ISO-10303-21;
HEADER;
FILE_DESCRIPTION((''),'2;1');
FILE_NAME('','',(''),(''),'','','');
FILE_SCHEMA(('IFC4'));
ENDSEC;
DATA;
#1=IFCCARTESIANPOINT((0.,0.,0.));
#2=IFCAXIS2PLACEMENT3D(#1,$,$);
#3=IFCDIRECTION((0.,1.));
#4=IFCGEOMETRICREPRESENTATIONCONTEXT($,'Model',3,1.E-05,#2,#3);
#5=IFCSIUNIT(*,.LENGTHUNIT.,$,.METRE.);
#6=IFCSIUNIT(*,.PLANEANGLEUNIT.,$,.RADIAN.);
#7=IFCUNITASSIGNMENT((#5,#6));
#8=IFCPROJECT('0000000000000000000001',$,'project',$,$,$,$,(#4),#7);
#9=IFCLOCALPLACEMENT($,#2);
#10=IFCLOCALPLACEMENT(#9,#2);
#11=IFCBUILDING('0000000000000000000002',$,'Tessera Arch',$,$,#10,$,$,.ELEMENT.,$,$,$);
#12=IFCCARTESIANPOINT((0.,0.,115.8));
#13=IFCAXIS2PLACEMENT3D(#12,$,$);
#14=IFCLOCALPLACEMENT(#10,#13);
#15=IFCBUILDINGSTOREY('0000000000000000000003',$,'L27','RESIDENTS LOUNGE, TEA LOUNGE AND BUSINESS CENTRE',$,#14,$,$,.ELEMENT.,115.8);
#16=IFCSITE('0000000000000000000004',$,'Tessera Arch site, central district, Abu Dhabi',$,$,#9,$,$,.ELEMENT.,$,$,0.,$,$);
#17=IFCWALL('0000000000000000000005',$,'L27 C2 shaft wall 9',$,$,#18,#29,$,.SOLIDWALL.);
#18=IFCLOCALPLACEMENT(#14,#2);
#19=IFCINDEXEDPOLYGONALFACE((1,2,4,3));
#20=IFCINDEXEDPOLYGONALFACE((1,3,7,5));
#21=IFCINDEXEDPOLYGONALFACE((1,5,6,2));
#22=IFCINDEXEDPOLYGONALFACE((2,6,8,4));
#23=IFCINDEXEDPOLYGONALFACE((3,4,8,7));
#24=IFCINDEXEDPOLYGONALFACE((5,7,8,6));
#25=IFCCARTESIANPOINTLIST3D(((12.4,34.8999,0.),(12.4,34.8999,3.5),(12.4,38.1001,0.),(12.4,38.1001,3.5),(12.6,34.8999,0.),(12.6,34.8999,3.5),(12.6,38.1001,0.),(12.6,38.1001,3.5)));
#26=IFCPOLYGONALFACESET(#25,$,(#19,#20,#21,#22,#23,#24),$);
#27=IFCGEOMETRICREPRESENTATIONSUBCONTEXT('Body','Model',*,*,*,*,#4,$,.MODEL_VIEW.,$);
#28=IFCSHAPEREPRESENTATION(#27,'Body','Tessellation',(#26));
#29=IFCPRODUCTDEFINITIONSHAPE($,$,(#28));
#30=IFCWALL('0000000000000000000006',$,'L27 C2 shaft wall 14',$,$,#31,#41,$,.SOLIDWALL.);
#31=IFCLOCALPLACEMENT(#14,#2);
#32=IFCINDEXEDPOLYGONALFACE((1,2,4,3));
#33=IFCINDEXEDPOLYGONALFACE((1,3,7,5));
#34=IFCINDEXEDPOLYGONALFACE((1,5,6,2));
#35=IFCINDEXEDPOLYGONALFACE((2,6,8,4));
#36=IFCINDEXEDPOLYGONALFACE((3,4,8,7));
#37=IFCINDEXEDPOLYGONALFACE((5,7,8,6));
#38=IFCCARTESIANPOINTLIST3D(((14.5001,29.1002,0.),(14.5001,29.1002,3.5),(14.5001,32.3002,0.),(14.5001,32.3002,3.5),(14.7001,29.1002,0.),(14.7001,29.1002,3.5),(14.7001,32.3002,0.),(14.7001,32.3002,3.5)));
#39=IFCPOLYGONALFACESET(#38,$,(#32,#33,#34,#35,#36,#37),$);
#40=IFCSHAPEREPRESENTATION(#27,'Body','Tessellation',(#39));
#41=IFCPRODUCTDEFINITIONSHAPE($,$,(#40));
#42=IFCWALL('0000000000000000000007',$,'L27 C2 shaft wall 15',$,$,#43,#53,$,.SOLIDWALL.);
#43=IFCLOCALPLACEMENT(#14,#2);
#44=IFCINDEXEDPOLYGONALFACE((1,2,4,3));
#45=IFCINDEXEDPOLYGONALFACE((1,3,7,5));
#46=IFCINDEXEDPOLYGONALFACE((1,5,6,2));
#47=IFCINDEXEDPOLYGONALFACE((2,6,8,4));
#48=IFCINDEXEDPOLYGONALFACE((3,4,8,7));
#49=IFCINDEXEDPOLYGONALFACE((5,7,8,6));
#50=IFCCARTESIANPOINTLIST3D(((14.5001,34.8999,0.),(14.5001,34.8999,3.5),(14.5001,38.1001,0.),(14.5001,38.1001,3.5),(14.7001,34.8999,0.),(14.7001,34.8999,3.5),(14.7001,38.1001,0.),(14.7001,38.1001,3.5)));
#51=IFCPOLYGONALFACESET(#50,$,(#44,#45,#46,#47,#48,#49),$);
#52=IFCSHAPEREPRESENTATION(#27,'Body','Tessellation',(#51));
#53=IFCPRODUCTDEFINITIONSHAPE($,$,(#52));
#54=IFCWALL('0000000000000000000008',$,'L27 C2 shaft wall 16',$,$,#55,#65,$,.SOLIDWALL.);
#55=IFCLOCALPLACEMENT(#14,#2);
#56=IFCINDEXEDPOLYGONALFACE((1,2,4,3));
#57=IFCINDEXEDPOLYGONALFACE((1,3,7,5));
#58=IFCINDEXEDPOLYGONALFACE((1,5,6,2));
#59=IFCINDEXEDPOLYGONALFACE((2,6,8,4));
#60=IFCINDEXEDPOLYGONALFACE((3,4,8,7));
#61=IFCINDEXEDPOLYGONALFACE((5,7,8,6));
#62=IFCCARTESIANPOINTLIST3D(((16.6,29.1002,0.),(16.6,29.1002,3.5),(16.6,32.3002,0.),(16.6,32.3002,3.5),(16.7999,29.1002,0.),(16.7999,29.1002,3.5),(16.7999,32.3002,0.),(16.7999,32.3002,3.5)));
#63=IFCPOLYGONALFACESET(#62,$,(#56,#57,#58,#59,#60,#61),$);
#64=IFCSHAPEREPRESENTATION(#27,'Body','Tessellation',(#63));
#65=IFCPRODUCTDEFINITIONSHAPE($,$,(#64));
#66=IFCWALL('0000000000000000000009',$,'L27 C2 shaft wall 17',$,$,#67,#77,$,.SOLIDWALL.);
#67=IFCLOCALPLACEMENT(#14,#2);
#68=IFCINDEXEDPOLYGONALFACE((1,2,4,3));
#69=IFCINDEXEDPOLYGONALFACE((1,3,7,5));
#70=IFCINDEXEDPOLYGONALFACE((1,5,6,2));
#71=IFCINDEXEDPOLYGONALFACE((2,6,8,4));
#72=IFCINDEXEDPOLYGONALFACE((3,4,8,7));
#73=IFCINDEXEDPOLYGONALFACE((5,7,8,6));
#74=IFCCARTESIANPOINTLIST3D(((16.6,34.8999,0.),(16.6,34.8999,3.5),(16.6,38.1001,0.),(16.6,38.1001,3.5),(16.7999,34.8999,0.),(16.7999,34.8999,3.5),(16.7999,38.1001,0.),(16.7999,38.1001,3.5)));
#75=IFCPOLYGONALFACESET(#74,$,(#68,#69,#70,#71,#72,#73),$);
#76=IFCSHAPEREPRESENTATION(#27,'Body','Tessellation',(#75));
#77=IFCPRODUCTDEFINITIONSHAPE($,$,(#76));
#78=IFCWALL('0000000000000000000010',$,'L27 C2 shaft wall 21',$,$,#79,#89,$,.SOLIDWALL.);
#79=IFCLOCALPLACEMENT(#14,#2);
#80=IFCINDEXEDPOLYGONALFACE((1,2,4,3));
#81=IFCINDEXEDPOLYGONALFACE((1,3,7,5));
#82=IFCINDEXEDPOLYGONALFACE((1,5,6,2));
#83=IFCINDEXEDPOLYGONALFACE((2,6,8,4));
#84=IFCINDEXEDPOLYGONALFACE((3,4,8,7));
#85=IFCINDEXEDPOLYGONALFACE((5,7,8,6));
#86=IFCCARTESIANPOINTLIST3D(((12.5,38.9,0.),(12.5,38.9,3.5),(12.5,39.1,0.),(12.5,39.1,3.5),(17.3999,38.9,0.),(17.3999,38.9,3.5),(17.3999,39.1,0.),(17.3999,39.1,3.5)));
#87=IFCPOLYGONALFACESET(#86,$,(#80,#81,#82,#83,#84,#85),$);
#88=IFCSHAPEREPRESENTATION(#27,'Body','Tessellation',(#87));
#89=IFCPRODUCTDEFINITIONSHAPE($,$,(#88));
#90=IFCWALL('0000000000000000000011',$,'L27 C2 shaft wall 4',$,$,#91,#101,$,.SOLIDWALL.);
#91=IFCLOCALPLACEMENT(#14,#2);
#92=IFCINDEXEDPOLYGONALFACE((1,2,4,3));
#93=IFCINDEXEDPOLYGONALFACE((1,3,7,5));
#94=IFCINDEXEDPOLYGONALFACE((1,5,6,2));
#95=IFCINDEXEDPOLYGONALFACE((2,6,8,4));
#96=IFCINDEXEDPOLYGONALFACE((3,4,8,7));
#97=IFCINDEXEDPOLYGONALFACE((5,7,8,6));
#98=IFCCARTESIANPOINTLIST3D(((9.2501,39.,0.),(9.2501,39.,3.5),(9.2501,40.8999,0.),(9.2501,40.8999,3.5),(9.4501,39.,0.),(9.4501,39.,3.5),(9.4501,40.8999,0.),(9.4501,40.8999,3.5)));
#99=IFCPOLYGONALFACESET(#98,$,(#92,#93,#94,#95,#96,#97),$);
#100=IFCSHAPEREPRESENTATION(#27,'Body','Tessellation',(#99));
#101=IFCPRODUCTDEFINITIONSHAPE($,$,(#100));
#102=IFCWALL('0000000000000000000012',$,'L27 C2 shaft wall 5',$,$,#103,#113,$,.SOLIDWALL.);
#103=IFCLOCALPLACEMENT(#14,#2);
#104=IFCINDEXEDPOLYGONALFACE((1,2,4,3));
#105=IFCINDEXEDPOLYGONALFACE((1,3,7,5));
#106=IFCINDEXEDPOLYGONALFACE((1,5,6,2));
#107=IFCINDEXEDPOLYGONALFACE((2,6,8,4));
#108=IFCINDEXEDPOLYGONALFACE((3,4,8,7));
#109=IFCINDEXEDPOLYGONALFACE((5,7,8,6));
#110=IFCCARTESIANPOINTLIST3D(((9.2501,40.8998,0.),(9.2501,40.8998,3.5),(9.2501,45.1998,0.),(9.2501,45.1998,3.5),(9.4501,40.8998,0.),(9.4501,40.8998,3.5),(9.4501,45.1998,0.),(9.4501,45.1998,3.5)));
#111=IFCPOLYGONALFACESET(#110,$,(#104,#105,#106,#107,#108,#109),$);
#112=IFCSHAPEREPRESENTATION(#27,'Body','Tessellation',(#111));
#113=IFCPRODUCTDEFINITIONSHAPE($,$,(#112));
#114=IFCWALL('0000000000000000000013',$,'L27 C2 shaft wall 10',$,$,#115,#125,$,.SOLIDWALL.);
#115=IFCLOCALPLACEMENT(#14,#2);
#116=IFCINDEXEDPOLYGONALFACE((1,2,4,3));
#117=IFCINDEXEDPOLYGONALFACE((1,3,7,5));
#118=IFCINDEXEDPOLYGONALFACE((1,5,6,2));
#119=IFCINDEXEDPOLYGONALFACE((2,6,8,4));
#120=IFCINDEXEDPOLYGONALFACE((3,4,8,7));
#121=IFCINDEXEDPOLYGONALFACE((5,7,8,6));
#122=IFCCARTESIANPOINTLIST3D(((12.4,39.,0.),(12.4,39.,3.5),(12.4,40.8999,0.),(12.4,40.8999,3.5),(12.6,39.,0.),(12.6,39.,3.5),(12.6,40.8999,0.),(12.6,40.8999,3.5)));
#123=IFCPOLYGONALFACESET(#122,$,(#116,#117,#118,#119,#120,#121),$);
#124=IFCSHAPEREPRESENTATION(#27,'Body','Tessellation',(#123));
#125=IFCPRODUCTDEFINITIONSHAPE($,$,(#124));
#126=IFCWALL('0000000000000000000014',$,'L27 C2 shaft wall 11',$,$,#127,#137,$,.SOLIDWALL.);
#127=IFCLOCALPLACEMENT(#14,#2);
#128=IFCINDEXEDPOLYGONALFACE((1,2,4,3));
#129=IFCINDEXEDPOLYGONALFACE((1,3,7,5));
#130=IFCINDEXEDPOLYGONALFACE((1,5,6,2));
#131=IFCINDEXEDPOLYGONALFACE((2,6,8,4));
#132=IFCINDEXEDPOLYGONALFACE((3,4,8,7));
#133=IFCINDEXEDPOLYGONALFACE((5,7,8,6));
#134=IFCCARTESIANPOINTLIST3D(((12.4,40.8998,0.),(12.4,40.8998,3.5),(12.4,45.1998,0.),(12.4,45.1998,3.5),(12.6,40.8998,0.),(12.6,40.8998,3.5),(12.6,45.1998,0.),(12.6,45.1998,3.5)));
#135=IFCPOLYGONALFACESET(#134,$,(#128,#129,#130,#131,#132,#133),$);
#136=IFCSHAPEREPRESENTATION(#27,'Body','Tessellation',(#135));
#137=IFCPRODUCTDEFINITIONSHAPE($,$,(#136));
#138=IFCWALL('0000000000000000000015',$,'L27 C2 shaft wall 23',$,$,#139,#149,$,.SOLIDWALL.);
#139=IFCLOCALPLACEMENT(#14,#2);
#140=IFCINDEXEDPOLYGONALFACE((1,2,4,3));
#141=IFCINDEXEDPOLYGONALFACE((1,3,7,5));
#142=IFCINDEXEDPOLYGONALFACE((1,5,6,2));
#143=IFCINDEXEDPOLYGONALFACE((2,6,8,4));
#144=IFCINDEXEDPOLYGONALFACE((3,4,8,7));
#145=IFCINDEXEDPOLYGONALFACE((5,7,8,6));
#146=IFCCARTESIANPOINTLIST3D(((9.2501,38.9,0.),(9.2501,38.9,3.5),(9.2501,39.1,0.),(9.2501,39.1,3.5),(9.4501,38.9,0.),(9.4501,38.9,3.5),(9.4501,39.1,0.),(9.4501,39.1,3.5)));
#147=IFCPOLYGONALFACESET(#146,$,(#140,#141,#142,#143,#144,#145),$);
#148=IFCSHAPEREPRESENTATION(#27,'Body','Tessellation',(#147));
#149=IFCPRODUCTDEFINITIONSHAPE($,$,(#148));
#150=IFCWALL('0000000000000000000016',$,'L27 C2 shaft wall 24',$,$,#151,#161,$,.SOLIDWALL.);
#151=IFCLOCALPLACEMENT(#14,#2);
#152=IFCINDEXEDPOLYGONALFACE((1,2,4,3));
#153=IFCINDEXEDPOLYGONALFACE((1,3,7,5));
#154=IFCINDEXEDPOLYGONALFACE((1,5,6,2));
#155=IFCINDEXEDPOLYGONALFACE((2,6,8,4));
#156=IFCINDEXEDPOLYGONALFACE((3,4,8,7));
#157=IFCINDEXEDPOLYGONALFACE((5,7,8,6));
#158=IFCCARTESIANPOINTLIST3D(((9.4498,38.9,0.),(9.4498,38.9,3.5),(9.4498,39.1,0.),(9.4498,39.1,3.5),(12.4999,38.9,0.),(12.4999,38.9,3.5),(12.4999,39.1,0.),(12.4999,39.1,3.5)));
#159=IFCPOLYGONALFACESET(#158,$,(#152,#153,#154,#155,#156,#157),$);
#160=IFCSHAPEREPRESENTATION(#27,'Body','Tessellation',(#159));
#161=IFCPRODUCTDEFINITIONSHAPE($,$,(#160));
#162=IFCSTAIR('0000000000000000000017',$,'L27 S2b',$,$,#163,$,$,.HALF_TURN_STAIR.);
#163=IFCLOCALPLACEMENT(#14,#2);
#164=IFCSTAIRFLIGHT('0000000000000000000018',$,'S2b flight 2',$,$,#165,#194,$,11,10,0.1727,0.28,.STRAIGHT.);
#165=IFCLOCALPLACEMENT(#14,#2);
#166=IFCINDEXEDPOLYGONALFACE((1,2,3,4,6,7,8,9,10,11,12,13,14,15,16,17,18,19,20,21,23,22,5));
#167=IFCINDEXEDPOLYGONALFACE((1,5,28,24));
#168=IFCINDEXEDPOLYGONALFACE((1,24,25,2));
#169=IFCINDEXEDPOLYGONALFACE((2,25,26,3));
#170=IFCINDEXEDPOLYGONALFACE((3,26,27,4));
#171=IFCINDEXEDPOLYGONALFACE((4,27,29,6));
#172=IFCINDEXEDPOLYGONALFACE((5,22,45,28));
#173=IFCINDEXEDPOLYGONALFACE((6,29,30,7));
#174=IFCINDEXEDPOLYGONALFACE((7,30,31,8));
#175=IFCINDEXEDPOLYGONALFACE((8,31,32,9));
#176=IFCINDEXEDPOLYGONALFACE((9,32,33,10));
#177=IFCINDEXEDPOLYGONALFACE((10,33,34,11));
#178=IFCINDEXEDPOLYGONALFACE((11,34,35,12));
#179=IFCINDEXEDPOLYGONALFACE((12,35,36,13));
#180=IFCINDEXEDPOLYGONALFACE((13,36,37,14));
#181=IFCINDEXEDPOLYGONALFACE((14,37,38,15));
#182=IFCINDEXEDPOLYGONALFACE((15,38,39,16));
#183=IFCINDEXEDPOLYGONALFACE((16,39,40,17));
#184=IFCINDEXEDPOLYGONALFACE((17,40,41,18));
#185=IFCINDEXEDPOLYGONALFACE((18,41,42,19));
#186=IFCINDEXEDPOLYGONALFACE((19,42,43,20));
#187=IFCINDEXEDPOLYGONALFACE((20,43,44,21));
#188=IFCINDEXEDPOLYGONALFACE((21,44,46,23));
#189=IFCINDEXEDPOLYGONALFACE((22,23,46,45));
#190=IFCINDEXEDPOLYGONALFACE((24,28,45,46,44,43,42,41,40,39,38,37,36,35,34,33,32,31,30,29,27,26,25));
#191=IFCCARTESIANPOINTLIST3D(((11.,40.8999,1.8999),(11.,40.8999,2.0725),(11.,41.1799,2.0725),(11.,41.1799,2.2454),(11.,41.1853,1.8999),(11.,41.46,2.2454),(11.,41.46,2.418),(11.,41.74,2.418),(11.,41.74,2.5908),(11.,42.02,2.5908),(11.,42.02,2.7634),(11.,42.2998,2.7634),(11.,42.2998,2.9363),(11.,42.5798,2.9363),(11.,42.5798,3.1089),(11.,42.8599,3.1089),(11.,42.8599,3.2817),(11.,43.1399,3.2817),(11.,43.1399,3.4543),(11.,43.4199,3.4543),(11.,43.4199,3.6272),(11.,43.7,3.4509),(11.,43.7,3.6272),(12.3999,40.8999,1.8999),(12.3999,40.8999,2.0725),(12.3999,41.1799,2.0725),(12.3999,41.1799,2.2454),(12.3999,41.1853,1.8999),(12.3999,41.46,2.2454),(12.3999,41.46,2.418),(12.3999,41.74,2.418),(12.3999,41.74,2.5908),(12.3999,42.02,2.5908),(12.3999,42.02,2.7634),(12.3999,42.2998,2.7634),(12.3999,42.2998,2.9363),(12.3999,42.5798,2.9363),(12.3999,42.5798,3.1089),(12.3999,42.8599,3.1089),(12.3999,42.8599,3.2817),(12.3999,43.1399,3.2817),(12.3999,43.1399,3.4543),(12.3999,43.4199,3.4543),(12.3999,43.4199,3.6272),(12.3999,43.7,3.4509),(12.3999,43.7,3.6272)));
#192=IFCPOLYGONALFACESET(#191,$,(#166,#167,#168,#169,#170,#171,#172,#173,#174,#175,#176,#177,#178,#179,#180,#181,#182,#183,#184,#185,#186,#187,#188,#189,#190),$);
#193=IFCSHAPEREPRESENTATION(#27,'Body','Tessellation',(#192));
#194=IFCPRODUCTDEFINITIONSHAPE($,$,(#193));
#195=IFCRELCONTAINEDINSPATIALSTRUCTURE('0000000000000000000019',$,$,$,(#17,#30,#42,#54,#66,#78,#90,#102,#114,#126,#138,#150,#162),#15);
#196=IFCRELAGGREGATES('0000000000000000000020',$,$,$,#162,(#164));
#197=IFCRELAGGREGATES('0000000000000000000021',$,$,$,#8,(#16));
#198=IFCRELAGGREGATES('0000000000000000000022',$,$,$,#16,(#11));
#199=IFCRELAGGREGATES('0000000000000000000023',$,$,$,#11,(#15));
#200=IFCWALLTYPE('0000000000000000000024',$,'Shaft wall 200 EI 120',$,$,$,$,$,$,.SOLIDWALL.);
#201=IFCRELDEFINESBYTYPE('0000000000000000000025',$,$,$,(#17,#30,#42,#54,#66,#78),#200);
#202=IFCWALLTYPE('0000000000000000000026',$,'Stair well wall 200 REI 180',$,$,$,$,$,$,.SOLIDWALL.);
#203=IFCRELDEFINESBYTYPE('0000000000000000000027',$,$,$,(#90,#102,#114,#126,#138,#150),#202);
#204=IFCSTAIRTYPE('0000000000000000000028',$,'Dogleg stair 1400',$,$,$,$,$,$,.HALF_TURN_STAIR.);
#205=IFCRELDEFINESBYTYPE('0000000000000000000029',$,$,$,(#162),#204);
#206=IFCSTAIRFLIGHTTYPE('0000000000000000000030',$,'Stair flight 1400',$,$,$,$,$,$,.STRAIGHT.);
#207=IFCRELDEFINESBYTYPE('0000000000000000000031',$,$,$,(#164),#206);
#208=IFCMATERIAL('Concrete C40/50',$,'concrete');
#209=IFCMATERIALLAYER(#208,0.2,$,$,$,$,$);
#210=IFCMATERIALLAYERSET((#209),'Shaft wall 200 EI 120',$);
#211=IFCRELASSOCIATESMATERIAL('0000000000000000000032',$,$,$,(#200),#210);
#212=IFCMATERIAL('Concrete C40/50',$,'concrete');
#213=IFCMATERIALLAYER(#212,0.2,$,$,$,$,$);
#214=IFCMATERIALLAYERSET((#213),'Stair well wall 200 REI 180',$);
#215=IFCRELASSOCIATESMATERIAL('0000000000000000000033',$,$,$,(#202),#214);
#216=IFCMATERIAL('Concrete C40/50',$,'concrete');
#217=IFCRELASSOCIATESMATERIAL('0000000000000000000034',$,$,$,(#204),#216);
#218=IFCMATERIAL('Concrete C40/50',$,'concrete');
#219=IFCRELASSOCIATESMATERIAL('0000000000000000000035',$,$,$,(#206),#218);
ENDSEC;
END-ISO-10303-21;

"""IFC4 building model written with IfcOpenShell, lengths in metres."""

from ifc_helpers import new_model, si_unit, direction, frame, frame_2d, origin, place, context, subcontext, project, spatial, polyline, rectangle, outline, extrude, material, layer, layer_set, type_object, element, aggregate, save


model = new_model("IFC4")

# Units and contexts
model_context = context("Model", 3, precision=1e-05, world=origin(), true_north=direction((0.0, 1.0)))
body_context = subcontext(model_context, "Body", "Model", "MODEL_VIEW")
ifc_project = project(units=[si_unit("LENGTHUNIT", "METRE"), si_unit("PLANEANGLEUNIT", "RADIAN")], contexts=[model_context])

# Site, building, storey
site_placement = place(None, origin())
site = spatial("IfcSite", under=ifc_project, at=site_placement, Name="Tessera Arch site, central district, Abu Dhabi", CompositionType="ELEMENT", RefElevation=0.0)
building_placement = place(site_placement, origin())
building = spatial("IfcBuilding", under=site, at=building_placement, Name="Tessera Arch", CompositionType="ELEMENT")
storey_placement = place(building_placement, frame((0.0, 0.0, 115.8)))
storey = spatial("IfcBuildingStorey", under=building, at=storey_placement, Name="L27", Description="RESIDENTS LOUNGE, TEA LOUNGE AND BUSINESS CENTRE", CompositionType="ELEMENT", Elevation=115.8)

# Walls
ifc_material_1 = material(Name="Concrete C40/50", Category="concrete")
ifc_layer_1 = layer(ifc_material_1, 0.2)
ifc_layer_set_1 = layer_set([ifc_layer_1], Name="Shaft wall 200 EI 120")
wall_type_1 = type_object("IfcWallType", Name="Shaft wall 200 EI 120", PredefinedType="SOLIDWALL", material=ifc_layer_set_1)
wall_1_placement = place(storey_placement, frame((12.5, 34.8999, 0.0), z_axis=(0.0, 0.0, 1.0), x_axis=(0.0, 1.0, 0.0)))
element("IfcWall", 1, at=wall_1_placement, inside=storey, type_object=wall_type_1, Name="L27 C2 shaft wall 9", PredefinedType="SOLIDWALL", context=body_context, shape_type="SweptSolid", body=[
    extrude(rectangle(XDim=3.2002, YDim=0.2, at=frame_2d((1.6001, 0.0))), origin(), (0.0, 0.0, 1.0), 3.5),
])
wall_2_placement = place(storey_placement, frame((14.6001, 29.1001, 0.0), z_axis=(0.0, 0.0, 1.0), x_axis=(0.0, 1.0, 0.0)))
element("IfcWall", 2, at=wall_2_placement, inside=storey, type_object=wall_type_1, Name="L27 C2 shaft wall 14", PredefinedType="SOLIDWALL", context=body_context, shape_type="SweptSolid", body=[
    extrude(rectangle(XDim=3.2, YDim=0.2, at=frame_2d((1.6001, 0.0))), origin(), (0.0, 0.0, 1.0), 3.5),
])
wall_3_placement = place(storey_placement, frame((14.6001, 34.8999, 0.0), z_axis=(0.0, 0.0, 1.0), x_axis=(0.0, 1.0, 0.0)))
element("IfcWall", 3, at=wall_3_placement, inside=storey, type_object=wall_type_1, Name="L27 C2 shaft wall 15", PredefinedType="SOLIDWALL", context=body_context, shape_type="SweptSolid", body=[
    extrude(rectangle(XDim=3.2002, YDim=0.2, at=frame_2d((1.6001, 0.0))), origin(), (0.0, 0.0, 1.0), 3.5),
])
wall_4_placement = place(storey_placement, frame((16.7, 29.1001, 0.0), z_axis=(0.0, 0.0, 1.0), x_axis=(0.0, 1.0, 0.0)))
element("IfcWall", 4, at=wall_4_placement, inside=storey, type_object=wall_type_1, Name="L27 C2 shaft wall 16", PredefinedType="SOLIDWALL", context=body_context, shape_type="SweptSolid", body=[
    extrude(rectangle(XDim=3.2, YDim=0.2, at=frame_2d((1.6001, 0.0))), origin(), (0.0, 0.0, 1.0), 3.5),
])
wall_5_placement = place(storey_placement, frame((16.7, 34.8999, 0.0), z_axis=(0.0, 0.0, 1.0), x_axis=(0.0, 1.0, 0.0)))
element("IfcWall", 5, at=wall_5_placement, inside=storey, type_object=wall_type_1, Name="L27 C2 shaft wall 17", PredefinedType="SOLIDWALL", context=body_context, shape_type="SweptSolid", body=[
    extrude(rectangle(XDim=3.2002, YDim=0.2, at=frame_2d((1.6001, 0.0))), origin(), (0.0, 0.0, 1.0), 3.5),
])
wall_6_placement = place(storey_placement, frame((12.5, 39.0, 0.0), z_axis=(0.0, 0.0, 1.0), x_axis=(1.0, 0.0, 0.0)))
element("IfcWall", 6, at=wall_6_placement, inside=storey, type_object=wall_type_1, Name="L27 C2 shaft wall 21", PredefinedType="SOLIDWALL", context=body_context, shape_type="SweptSolid", body=[
    extrude(rectangle(XDim=4.8999, YDim=0.2, at=frame_2d((2.45, 0.0))), origin(), (0.0, 0.0, 1.0), 3.5),
])
ifc_material_2 = material(Name="Concrete C40/50", Category="concrete")
ifc_layer_2 = layer(ifc_material_2, 0.2)
ifc_layer_set_2 = layer_set([ifc_layer_2], Name="Stair well wall 200 REI 180")
wall_type_2 = type_object("IfcWallType", Name="Stair well wall 200 REI 180", PredefinedType="SOLIDWALL", material=ifc_layer_set_2)
wall_7_placement = place(storey_placement, frame((9.3501, 39.0, 0.0), z_axis=(0.0, 0.0, 1.0), x_axis=(0.0, 1.0, 0.0)))
element("IfcWall", 7, at=wall_7_placement, inside=storey, type_object=wall_type_2, Name="L27 C2 shaft wall 4", PredefinedType="SOLIDWALL", context=body_context, shape_type="SweptSolid", body=[
    extrude(rectangle(XDim=1.8999, YDim=0.2, at=frame_2d((0.95, 0.0))), origin(), (0.0, 0.0, 1.0), 3.5),
])
wall_8_placement = place(storey_placement, frame((9.3501, 40.8999, 0.0), z_axis=(0.0, 0.0, 1.0), x_axis=(0.0, 1.0, 0.0)))
element("IfcWall", 8, at=wall_8_placement, inside=storey, type_object=wall_type_2, Name="L27 C2 shaft wall 5", PredefinedType="SOLIDWALL", context=body_context, shape_type="SweptSolid", body=[
    extrude(rectangle(XDim=4.3, YDim=0.2, at=frame_2d((2.1499, 0.0))), origin(), (0.0, 0.0, 1.0), 3.5),
])
wall_9_placement = place(storey_placement, frame((12.5, 39.0, 0.0), z_axis=(0.0, 0.0, 1.0), x_axis=(0.0, 1.0, 0.0)))
element("IfcWall", 9, at=wall_9_placement, inside=storey, type_object=wall_type_2, Name="L27 C2 shaft wall 10", PredefinedType="SOLIDWALL", context=body_context, shape_type="SweptSolid", body=[
    extrude(rectangle(XDim=1.8999, YDim=0.2, at=frame_2d((0.95, 0.0))), origin(), (0.0, 0.0, 1.0), 3.5),
])
wall_10_placement = place(storey_placement, frame((12.5, 40.8999, 0.0), z_axis=(0.0, 0.0, 1.0), x_axis=(0.0, 1.0, 0.0)))
element("IfcWall", 10, at=wall_10_placement, inside=storey, type_object=wall_type_2, Name="L27 C2 shaft wall 11", PredefinedType="SOLIDWALL", context=body_context, shape_type="SweptSolid", body=[
    extrude(rectangle(XDim=4.3, YDim=0.2, at=frame_2d((2.1499, 0.0))), origin(), (0.0, 0.0, 1.0), 3.5),
])
wall_11_placement = place(storey_placement, frame((9.25, 39.0, 0.0), z_axis=(0.0, 0.0, 1.0), x_axis=(1.0, 0.0, 0.0)))
element("IfcWall", 11, at=wall_11_placement, inside=storey, type_object=wall_type_2, Name="L27 C2 shaft wall 23", PredefinedType="SOLIDWALL", context=body_context, shape_type="SweptSolid", body=[
    extrude(rectangle(XDim=0.2, YDim=0.2, at=frame_2d((0.1001, 0.0))), origin(), (0.0, 0.0, 1.0), 3.5),
])
wall_12_placement = place(storey_placement, frame((9.45, 39.0, 0.0), z_axis=(0.0, 0.0, 1.0), x_axis=(1.0, 0.0, 0.0)))
element("IfcWall", 12, at=wall_12_placement, inside=storey, type_object=wall_type_2, Name="L27 C2 shaft wall 24", PredefinedType="SOLIDWALL", context=body_context, shape_type="SweptSolid", body=[
    extrude(rectangle(XDim=3.05, YDim=0.2, at=frame_2d((1.5249, 0.0))), origin(), (0.0, 0.0, 1.0), 3.5),
])

# Stair, stair flight
ifc_material_3 = material(Name="Concrete C40/50", Category="concrete")
stair_type = type_object("IfcStairType", Name="Dogleg stair 1400", PredefinedType="HALF_TURN_STAIR", material=ifc_material_3)
stair_placement = place(storey_placement, origin())
stair = element("IfcStair", 13, at=stair_placement, inside=storey, type_object=stair_type, Name="L27 S2b", PredefinedType="HALF_TURN_STAIR")
ifc_material_4 = material(Name="Concrete C40/50", Category="concrete")
stair_flight_type = type_object("IfcStairFlightType", Name="Stair flight 1400", PredefinedType="STRAIGHT", material=ifc_material_4)
stair_flight_placement = place(storey_placement, frame((11.7, 40.8999, 1.8999), z_axis=(0.0, 0.0, 1.0), x_axis=(0.0, 1.0, 0.0)))
stair_flight = element("IfcStairFlight", 14, at=stair_flight_placement, type_object=stair_flight_type, Name="S2b flight 2", NumberOfRisers=11, NumberOfTreads=10, PredefinedType="STRAIGHT", RiserHeight=0.1727, TreadLength=0.28, context=body_context, shape_type="SweptSolid", body=[
    extrude(outline(polyline([(0.0, 0.0), (0.0, 0.1726), (0.28, 0.1726), (0.28, 0.3455), (0.5601, 0.3455), (0.5601, 0.5181), (0.8401, 0.5181), (0.8401, 0.6909), (1.1201, 0.6909), (1.1201, 0.8635), (1.3999, 0.8635), (1.3999, 1.0364), (1.6799, 1.0364), (1.6799, 1.209), (1.96, 1.209), (1.96, 1.3818), (2.24, 1.3818), (2.24, 1.5544), (2.52, 1.5544), (2.52, 1.7273), (2.8, 1.7273), (2.8, 1.8999), (2.8, 1.551), (0.2854, 0.0), (0.0, 0.0)])), frame((0.0, 0.7, 0.0), z_axis=(0.0, -1.0, 0.0), x_axis=(1.0, 0.0, 0.0)), (0.0, 0.0, 1.0), 1.3999),
])
aggregate(stair, [stair_flight])

save(model, "model.ifc")
